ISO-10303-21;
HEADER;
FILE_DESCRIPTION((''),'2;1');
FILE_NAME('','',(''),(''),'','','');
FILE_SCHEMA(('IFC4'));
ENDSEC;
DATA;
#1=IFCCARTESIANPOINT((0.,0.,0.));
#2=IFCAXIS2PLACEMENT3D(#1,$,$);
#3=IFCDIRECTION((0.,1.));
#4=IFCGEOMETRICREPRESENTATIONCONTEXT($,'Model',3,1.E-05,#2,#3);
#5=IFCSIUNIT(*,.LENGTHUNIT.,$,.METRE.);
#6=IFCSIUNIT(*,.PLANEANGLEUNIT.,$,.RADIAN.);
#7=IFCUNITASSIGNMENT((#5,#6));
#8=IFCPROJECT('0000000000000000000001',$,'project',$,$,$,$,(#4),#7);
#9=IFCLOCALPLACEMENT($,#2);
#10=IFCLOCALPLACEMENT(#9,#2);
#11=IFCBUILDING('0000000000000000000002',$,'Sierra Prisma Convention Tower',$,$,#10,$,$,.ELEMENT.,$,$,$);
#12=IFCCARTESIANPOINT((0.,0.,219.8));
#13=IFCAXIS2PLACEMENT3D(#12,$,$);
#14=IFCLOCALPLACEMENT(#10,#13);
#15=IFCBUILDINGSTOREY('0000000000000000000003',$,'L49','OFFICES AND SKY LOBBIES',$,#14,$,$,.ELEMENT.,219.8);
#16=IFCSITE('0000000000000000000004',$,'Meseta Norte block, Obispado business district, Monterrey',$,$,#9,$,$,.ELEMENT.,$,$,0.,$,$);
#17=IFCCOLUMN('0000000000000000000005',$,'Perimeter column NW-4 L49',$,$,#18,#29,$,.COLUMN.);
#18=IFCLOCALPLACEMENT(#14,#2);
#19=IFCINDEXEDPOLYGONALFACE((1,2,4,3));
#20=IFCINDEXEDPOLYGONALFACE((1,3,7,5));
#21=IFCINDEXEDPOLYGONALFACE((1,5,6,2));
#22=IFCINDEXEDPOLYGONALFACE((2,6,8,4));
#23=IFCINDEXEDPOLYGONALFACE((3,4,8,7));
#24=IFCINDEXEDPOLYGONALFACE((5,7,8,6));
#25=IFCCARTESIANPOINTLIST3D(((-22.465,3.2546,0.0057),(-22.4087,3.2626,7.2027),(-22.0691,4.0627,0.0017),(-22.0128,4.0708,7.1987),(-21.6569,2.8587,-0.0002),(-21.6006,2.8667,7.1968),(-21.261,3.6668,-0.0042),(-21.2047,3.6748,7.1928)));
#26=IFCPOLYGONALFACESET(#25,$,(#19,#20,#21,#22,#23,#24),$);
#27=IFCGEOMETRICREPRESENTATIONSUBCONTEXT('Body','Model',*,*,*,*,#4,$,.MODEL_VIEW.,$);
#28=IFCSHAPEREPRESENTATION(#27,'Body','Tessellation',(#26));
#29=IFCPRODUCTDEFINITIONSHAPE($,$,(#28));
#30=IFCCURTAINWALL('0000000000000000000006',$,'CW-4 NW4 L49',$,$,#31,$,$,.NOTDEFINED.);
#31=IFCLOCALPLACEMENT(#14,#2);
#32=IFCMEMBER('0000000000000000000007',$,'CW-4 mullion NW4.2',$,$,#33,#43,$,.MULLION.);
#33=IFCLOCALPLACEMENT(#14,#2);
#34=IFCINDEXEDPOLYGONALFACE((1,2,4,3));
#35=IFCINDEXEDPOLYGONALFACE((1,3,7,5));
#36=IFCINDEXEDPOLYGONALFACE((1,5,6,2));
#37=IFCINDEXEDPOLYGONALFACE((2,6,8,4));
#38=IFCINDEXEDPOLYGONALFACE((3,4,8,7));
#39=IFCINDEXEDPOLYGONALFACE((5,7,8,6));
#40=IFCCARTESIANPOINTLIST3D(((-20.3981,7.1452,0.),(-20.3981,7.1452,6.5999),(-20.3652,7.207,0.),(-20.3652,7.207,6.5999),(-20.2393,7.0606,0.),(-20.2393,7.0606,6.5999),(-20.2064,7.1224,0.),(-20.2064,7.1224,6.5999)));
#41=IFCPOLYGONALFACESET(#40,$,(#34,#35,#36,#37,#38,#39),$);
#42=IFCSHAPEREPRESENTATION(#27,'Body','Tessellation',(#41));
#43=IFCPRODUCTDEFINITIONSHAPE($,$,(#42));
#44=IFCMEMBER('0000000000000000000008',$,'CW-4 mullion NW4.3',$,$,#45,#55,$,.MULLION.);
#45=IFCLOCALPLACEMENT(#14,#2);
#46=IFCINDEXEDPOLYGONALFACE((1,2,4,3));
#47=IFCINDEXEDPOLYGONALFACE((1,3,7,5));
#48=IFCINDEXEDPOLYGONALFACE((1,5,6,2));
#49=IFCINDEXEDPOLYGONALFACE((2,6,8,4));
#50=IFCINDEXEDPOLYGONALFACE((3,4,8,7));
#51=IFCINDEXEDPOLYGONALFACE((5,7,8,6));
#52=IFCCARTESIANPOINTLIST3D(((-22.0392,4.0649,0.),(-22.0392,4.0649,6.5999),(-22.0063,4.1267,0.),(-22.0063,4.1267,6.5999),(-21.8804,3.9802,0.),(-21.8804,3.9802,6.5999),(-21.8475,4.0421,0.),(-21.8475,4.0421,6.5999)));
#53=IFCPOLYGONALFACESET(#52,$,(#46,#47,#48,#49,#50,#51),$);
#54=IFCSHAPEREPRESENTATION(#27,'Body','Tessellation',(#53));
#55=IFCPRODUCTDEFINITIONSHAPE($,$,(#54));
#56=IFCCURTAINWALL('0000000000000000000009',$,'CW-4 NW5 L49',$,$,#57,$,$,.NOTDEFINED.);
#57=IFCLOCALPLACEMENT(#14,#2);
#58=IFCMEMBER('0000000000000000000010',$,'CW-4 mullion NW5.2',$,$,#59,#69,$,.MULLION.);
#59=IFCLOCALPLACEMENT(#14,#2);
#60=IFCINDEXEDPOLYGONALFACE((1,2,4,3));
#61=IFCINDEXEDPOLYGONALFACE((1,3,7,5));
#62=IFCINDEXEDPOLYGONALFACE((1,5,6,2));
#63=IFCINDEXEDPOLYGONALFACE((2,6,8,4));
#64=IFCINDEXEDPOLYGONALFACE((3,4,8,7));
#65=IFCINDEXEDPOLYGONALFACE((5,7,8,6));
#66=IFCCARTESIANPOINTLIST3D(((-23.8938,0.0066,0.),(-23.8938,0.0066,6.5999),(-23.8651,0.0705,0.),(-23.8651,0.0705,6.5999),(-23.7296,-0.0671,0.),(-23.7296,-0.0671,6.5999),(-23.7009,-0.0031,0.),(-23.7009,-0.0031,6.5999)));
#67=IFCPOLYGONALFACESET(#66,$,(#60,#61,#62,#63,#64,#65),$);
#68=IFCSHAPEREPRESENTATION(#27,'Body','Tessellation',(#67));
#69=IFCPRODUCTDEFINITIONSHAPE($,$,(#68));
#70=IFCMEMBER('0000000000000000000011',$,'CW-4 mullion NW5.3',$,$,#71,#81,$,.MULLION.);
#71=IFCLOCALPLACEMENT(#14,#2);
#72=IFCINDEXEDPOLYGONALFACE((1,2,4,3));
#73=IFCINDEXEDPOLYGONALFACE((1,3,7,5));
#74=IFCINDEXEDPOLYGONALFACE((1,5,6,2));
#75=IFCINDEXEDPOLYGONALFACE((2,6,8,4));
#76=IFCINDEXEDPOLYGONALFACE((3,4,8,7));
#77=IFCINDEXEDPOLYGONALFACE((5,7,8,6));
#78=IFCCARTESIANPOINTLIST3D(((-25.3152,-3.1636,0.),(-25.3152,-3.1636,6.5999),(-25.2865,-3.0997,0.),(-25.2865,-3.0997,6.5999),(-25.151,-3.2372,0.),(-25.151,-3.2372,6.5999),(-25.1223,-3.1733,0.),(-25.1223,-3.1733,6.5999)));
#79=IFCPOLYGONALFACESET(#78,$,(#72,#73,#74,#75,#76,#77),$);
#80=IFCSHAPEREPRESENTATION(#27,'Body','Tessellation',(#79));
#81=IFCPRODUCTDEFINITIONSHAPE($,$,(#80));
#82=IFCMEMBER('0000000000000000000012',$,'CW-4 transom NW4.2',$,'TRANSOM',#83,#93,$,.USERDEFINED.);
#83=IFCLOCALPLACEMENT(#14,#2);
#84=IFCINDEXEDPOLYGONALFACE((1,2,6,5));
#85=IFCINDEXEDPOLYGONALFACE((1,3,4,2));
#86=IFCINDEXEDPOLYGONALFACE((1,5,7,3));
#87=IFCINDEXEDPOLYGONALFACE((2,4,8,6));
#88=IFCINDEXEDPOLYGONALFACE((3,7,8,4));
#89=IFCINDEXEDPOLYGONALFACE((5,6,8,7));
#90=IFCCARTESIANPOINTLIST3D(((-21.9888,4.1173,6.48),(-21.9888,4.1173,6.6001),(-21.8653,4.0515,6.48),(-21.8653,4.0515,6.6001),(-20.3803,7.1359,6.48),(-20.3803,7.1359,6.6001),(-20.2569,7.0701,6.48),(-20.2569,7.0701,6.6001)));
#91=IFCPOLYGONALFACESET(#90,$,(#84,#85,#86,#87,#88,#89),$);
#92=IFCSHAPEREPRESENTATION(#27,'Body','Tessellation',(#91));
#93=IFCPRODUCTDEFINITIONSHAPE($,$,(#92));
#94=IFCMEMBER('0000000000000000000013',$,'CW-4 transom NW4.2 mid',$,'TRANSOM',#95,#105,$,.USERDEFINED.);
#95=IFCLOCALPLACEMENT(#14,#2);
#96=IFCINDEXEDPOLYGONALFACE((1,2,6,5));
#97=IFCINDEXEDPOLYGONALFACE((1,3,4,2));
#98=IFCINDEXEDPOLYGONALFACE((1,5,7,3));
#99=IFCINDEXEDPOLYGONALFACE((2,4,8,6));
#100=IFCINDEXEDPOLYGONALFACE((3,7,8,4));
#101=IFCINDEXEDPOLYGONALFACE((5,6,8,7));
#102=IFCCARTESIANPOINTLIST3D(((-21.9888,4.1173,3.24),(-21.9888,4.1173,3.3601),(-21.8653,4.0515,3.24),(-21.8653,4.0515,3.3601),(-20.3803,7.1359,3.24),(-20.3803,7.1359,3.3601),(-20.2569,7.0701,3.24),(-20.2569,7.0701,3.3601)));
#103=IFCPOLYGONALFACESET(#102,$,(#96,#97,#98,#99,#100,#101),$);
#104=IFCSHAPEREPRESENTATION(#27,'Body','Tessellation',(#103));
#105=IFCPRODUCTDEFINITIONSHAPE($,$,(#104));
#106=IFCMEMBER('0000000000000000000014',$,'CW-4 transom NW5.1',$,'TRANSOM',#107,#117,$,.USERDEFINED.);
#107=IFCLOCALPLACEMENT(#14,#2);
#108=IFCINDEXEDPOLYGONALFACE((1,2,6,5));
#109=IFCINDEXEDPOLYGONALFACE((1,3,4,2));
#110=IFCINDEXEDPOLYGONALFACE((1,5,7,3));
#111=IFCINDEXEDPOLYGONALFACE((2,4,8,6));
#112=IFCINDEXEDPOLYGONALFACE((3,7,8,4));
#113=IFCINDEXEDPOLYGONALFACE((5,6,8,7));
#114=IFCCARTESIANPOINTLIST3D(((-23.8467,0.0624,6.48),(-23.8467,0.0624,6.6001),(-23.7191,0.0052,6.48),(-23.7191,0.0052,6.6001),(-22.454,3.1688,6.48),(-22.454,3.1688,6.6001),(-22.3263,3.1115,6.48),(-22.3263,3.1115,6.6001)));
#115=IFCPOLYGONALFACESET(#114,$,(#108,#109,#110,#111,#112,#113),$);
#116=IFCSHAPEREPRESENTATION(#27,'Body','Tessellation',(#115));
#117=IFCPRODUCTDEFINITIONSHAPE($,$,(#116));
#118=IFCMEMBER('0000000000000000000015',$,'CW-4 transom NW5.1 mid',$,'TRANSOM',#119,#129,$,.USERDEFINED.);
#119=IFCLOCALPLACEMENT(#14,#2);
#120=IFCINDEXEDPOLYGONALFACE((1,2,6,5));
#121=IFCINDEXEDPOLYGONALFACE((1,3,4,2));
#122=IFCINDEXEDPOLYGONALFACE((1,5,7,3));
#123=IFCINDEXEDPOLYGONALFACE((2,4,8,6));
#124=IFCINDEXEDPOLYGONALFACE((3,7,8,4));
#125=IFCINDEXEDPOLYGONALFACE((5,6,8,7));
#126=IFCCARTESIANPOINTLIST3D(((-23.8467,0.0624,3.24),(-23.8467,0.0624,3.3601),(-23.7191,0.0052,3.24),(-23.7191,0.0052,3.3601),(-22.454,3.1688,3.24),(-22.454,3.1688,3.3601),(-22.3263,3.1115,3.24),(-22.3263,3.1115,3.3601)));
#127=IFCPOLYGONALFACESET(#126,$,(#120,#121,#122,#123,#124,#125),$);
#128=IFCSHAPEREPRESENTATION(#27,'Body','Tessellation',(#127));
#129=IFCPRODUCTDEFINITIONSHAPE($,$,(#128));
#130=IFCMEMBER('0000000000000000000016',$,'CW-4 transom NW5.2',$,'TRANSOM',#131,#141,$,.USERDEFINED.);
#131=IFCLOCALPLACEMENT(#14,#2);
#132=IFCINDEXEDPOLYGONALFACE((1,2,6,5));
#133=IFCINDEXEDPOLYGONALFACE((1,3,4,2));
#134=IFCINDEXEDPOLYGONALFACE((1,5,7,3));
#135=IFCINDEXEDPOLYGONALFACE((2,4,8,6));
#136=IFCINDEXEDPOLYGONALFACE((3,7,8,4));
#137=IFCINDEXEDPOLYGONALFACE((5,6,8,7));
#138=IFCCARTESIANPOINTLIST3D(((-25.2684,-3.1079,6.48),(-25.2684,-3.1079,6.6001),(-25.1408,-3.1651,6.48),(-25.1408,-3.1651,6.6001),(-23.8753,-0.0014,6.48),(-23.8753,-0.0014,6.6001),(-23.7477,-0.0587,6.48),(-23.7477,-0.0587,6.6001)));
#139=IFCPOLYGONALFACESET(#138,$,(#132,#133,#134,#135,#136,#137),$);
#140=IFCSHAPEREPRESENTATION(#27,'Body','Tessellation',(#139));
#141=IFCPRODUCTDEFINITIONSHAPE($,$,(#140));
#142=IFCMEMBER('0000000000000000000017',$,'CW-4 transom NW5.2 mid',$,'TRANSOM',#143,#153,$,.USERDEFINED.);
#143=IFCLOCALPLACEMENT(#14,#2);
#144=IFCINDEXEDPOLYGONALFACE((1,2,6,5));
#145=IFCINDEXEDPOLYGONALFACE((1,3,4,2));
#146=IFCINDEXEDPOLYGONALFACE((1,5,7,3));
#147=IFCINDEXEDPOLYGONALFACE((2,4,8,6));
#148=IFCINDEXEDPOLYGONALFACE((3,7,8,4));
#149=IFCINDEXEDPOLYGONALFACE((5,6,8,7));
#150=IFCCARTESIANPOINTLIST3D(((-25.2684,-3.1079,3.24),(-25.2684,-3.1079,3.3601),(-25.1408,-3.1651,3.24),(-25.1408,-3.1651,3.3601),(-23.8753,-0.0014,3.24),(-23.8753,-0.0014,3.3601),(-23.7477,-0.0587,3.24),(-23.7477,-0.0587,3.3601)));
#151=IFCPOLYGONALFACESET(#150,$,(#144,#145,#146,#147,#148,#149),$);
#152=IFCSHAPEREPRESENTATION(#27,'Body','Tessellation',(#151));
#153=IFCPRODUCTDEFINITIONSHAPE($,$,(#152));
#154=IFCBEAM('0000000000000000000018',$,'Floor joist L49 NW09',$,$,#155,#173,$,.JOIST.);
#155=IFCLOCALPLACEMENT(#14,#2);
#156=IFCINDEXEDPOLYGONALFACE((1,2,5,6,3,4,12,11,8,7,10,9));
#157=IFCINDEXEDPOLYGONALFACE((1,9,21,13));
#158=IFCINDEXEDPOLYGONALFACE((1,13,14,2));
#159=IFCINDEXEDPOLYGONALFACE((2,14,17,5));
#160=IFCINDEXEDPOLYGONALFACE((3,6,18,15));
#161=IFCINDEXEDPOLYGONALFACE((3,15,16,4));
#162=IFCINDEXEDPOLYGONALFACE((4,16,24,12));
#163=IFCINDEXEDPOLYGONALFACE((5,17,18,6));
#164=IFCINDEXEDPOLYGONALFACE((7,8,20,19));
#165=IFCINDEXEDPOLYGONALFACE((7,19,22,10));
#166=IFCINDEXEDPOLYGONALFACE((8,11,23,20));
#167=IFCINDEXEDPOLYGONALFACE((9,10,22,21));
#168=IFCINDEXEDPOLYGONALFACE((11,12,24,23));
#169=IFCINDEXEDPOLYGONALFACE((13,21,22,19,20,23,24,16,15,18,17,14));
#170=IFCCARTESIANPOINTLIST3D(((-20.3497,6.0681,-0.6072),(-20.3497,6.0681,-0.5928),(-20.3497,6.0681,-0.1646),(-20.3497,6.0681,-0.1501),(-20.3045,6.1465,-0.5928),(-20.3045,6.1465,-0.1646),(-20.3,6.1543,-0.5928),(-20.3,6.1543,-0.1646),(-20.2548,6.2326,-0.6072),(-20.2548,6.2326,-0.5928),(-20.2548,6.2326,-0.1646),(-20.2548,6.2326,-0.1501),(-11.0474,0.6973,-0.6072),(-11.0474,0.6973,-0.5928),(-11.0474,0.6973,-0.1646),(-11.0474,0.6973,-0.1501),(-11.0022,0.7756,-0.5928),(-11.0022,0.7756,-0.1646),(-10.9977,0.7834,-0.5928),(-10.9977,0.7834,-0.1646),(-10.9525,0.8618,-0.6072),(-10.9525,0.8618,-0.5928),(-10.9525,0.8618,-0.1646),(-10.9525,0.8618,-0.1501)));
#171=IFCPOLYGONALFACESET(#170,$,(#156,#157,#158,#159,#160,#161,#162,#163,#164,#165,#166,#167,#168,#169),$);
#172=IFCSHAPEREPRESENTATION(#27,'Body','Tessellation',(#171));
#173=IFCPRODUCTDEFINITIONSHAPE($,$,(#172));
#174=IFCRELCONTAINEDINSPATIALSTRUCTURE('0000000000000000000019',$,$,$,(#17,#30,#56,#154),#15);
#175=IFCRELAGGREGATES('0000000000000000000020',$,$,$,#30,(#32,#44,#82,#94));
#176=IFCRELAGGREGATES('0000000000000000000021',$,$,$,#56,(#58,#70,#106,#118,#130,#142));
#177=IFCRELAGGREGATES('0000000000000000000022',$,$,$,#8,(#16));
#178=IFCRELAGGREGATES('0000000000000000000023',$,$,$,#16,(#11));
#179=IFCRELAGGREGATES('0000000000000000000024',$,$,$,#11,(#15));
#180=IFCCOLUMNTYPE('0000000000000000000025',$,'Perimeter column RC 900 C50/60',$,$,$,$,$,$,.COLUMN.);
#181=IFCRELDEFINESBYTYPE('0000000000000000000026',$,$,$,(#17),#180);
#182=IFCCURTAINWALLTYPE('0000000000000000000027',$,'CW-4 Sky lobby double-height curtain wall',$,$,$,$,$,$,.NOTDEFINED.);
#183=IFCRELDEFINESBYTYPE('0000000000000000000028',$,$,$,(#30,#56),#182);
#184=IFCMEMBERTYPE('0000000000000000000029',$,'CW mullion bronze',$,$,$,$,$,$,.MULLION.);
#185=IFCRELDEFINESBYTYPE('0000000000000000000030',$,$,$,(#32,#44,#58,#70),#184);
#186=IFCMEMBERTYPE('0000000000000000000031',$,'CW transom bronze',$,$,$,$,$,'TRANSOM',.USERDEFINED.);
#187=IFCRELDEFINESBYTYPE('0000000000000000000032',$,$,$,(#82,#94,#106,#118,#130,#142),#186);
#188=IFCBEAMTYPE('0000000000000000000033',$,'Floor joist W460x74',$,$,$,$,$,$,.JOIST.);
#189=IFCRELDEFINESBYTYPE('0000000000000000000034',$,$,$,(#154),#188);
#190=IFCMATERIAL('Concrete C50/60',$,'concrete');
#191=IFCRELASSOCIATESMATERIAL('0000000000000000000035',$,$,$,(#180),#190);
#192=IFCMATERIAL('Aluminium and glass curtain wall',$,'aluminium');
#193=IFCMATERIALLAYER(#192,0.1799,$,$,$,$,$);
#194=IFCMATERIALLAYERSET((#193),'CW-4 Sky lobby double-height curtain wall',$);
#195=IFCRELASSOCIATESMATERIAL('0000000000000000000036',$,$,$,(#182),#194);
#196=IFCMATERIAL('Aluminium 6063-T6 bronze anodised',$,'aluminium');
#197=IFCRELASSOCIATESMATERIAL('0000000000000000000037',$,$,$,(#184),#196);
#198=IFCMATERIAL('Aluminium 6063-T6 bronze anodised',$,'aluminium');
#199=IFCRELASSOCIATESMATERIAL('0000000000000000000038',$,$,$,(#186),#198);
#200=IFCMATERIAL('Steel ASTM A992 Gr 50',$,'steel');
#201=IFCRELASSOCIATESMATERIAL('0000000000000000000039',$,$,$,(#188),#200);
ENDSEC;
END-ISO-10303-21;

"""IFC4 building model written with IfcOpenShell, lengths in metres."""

from ifc_helpers import new_model, si_unit, direction, frame, origin, origin_2d, place, context, subcontext, project, spatial, rectangle, i_section, extrude, clip, halfspace, material, layer, layer_set, material_profile, profile_set, type_object, element, aggregate, save


model = new_model("IFC4")

# Units and contexts
model_context = context("Model", 3, precision=1e-05, world=origin(), true_north=direction((0.0, 1.0)))
body_context = subcontext(model_context, "Body", "Model", "MODEL_VIEW")
ifc_project = project(units=[si_unit("LENGTHUNIT", "METRE"), si_unit("PLANEANGLEUNIT", "RADIAN")], contexts=[model_context])

# Site, building, storey
site_placement = place(None, origin())
site = spatial("IfcSite", under=ifc_project, at=site_placement, Name="Meseta Norte block, Obispado business district, Monterrey", CompositionType="ELEMENT", RefElevation=0.0)
building_placement = place(site_placement, origin())
building = spatial("IfcBuilding", under=site, at=building_placement, Name="Sierra Prisma Convention Tower", CompositionType="ELEMENT")
storey_placement = place(building_placement, frame((0.0, 0.0, 219.8)))
storey = spatial("IfcBuildingStorey", under=building, at=storey_placement, Name="L49", Description="OFFICES AND SKY LOBBIES", CompositionType="ELEMENT", Elevation=219.8)

# Column
ifc_material_1 = material(Name="Concrete C50/60", Category="concrete")
ifc_material_profile_1 = material_profile(ifc_material_1, rectangle(XDim=0.8999, YDim=0.8999, at=origin_2d()), Name="Perimeter column RC 900 C50/60")
ifc_profile_set_1 = profile_set([ifc_material_profile_1], Name="Concrete C50/60")
column_type = type_object("IfcColumnType", Name="Perimeter column RC 900 C50/60", PredefinedType="COLUMN", material=ifc_profile_set_1)
column_placement = place(storey_placement, frame((-21.863, 3.4607, 0.0), z_axis=(0.007833, 0.001119, 0.999969), x_axis=(0.439944, 0.898014, -0.004451)))
element("IfcColumn", 1, at=column_placement, inside=storey, type_object=column_type, Name="Perimeter column NW-4 L49", PredefinedType="COLUMN", context=body_context, shape_type="SweptSolid", body=[
    clip(clip(extrude(rectangle(XDim=0.8999, YDim=0.8999, at=origin_2d()), origin(), (0.0, 0.0, 1.0), 7.2002), halfspace(frame((0.0, 0.0, 0.0007)), True)), halfspace(frame((0.0, 0.0, 7.198)), False)),
])

# Curtain walls, members
ifc_material_2 = material(Name="Aluminium and glass curtain wall", Category="aluminium")
ifc_layer_1 = layer(ifc_material_2, 0.1799)
ifc_layer_set_1 = layer_set([ifc_layer_1], Name="CW-4 Sky lobby double-height curtain wall")
curtain_wall_type = type_object("IfcCurtainWallType", Name="CW-4 Sky lobby double-height curtain wall", PredefinedType="NOTDEFINED", material=ifc_layer_set_1)
curtain_wall_1_placement = place(storey_placement, origin())
curtain_wall_1 = element("IfcCurtainWall", 2, at=curtain_wall_1_placement, inside=storey, type_object=curtain_wall_type, Name="CW-4 NW4 L49", PredefinedType="NOTDEFINED")
ifc_material_3 = material(Name="Aluminium 6063-T6 bronze anodised", Category="aluminium")
ifc_material_profile_2 = material_profile(ifc_material_3, rectangle(XDim=0.1799, YDim=0.0701, at=origin_2d()), Name="ALU MULLION 70x180")
ifc_profile_set_2 = profile_set([ifc_material_profile_2], Name="Aluminium 6063-T6 bronze anodised")
member_type_1 = type_object("IfcMemberType", Name="CW mullion bronze", PredefinedType="MULLION", material=ifc_profile_set_2)
member_1_placement = place(storey_placement, frame((-20.3022, 7.1338, 0.0), z_axis=(0.0, 0.0, 1.0), x_axis=(0.882533, -0.470251, 0.0)))
member_1 = element("IfcMember", 3, at=member_1_placement, type_object=member_type_1, Name="CW-4 mullion NW4.2", PredefinedType="MULLION", context=body_context, shape_type="SweptSolid", body=[
    extrude(rectangle(XDim=0.1799, YDim=0.0701, at=origin_2d()), origin(), (0.0, 0.0, 1.0), 6.5999),
])
member_2_placement = place(storey_placement, frame((-21.9434, 4.0535, 0.0), z_axis=(0.0, 0.0, 1.0), x_axis=(0.882533, -0.470251, 0.0)))
member_2 = element("IfcMember", 4, at=member_2_placement, type_object=member_type_1, Name="CW-4 mullion NW4.3", PredefinedType="MULLION", context=body_context, shape_type="SweptSolid", body=[
    extrude(rectangle(XDim=0.1799, YDim=0.0701, at=origin_2d()), origin(), (0.0, 0.0, 1.0), 6.5999),
])
curtain_wall_2_placement = place(storey_placement, origin())
curtain_wall_2 = element("IfcCurtainWall", 5, at=curtain_wall_2_placement, inside=storey, type_object=curtain_wall_type, Name="CW-4 NW5 L49", PredefinedType="NOTDEFINED")
member_3_placement = place(storey_placement, frame((-23.7974, 0.0017, 0.0), z_axis=(0.0, 0.0, 1.0), x_axis=(0.912465, -0.409156, 0.0)))
member_3 = element("IfcMember", 6, at=member_3_placement, type_object=member_type_1, Name="CW-4 mullion NW5.2", PredefinedType="MULLION", context=body_context, shape_type="SweptSolid", body=[
    extrude(rectangle(XDim=0.1799, YDim=0.0701, at=origin_2d()), origin(), (0.0, 0.0, 1.0), 6.5999),
])
member_4_placement = place(storey_placement, frame((-25.2188, -3.1685, 0.0), z_axis=(0.0, 0.0, 1.0), x_axis=(0.912465, -0.409156, 0.0)))
member_4 = element("IfcMember", 7, at=member_4_placement, type_object=member_type_1, Name="CW-4 mullion NW5.3", PredefinedType="MULLION", context=body_context, shape_type="SweptSolid", body=[
    extrude(rectangle(XDim=0.1799, YDim=0.0701, at=origin_2d()), origin(), (0.0, 0.0, 1.0), 6.5999),
])

# Members
ifc_material_4 = material(Name="Aluminium 6063-T6 bronze anodised", Category="aluminium")
ifc_material_profile_3 = material_profile(ifc_material_4, rectangle(XDim=0.1399, YDim=0.1201, at=origin_2d()), Name="ALU TRANSOM 120x140")
ifc_profile_set_3 = profile_set([ifc_material_profile_3], Name="Aluminium 6063-T6 bronze anodised")
member_type_2 = type_object("IfcMemberType", Name="CW transom bronze", ElementType="TRANSOM", PredefinedType="USERDEFINED", material=ifc_profile_set_3)
member_5_placement = place(storey_placement, frame((-20.3186, 7.103, 6.54), z_axis=(-0.470247, -0.882535, 0.0), x_axis=(0.882535, -0.470247, 0.0)))
member_5 = element("IfcMember", 8, at=member_5_placement, type_object=member_type_2, Name="CW-4 transom NW4.2", ObjectType="TRANSOM", PredefinedType="USERDEFINED", context=body_context, shape_type="SweptSolid", body=[
    extrude(rectangle(XDim=0.1399, YDim=0.1201, at=origin_2d()), origin(), (0.0, 0.0, 1.0), 3.4204),
])
member_6_placement = place(storey_placement, frame((-20.3186, 7.103, 3.3), z_axis=(-0.470247, -0.882535, 0.0), x_axis=(0.882535, -0.470247, 0.0)))
member_6 = element("IfcMember", 9, at=member_6_placement, type_object=member_type_2, Name="CW-4 transom NW4.2 mid", ObjectType="TRANSOM", PredefinedType="USERDEFINED", context=body_context, shape_type="SweptSolid", body=[
    extrude(rectangle(XDim=0.1399, YDim=0.1201, at=origin_2d()), origin(), (0.0, 0.0, 1.0), 3.4204),
])
member_7_placement = place(storey_placement, frame((-22.3901, 3.1401, 6.54), z_axis=(-0.409124, -0.912479, 0.0), x_axis=(0.912479, -0.409124, 0.0)))
member_7 = element("IfcMember", 10, at=member_7_placement, type_object=member_type_2, Name="CW-4 transom NW5.1", ObjectType="TRANSOM", PredefinedType="USERDEFINED", context=body_context, shape_type="SweptSolid", body=[
    extrude(rectangle(XDim=0.1399, YDim=0.1201, at=origin_2d()), origin(), (0.0, 0.0, 1.0), 3.4043),
])
member_8_placement = place(storey_placement, frame((-22.3901, 3.1401, 3.3), z_axis=(-0.409124, -0.912479, 0.0), x_axis=(0.912479, -0.409124, 0.0)))
member_8 = element("IfcMember", 11, at=member_8_placement, type_object=member_type_2, Name="CW-4 transom NW5.1 mid", ObjectType="TRANSOM", PredefinedType="USERDEFINED", context=body_context, shape_type="SweptSolid", body=[
    extrude(rectangle(XDim=0.1399, YDim=0.1201, at=origin_2d()), origin(), (0.0, 0.0, 1.0), 3.4043),
])
member_9_placement = place(storey_placement, frame((-23.8115, -0.03, 6.54), z_axis=(-0.409184, -0.912452, 0.0), x_axis=(0.912452, -0.409184, 0.0)))
member_9 = element("IfcMember", 12, at=member_9_placement, type_object=member_type_2, Name="CW-4 transom NW5.2", ObjectType="TRANSOM", PredefinedType="USERDEFINED", context=body_context, shape_type="SweptSolid", body=[
    extrude(rectangle(XDim=0.1399, YDim=0.1201, at=origin_2d()), origin(), (0.0, 0.0, 1.0), 3.4045),
])
member_10_placement = place(storey_placement, frame((-23.8115, -0.03, 3.3), z_axis=(-0.409184, -0.912452, 0.0), x_axis=(0.912452, -0.409184, 0.0)))
member_10 = element("IfcMember", 13, at=member_10_placement, type_object=member_type_2, Name="CW-4 transom NW5.2 mid", ObjectType="TRANSOM", PredefinedType="USERDEFINED", context=body_context, shape_type="SweptSolid", body=[
    extrude(rectangle(XDim=0.1399, YDim=0.1201, at=origin_2d()), origin(), (0.0, 0.0, 1.0), 3.4045),
])

# Beam
ifc_material_5 = material(Name="Steel ASTM A992 Gr 50", Category="steel")
ifc_material_profile_4 = material_profile(ifc_material_5, i_section(OverallWidth=0.1899, OverallDepth=0.457, WebThickness=0.009, FlangeThickness=0.0144, at=origin_2d()), Name="W460x74")
ifc_profile_set_4 = profile_set([ifc_material_profile_4], Name="Steel ASTM A992 Gr 50")
beam_type_1 = type_object("IfcBeamType", Name="Floor joist W460x74", PredefinedType="JOIST", material=ifc_profile_set_4)
beam_1_placement = place(storey_placement, frame((-20.3022, 6.1504, -0.3787), z_axis=(0.866018, -0.500014, 0.0), x_axis=(0.500014, 0.866018, 0.0)))
element("IfcBeam", 14, at=beam_1_placement, inside=storey, type_object=beam_type_1, Name="Floor joist L49 NW09", PredefinedType="JOIST", context=body_context, shape_type="SweptSolid", body=[
    extrude(i_section(OverallWidth=0.1899, OverallDepth=0.457, WebThickness=0.009, FlangeThickness=0.0144, at=origin_2d()), origin(), (0.0, 0.0, 1.0), 10.7415),
])

aggregate(curtain_wall_1, [member_1, member_2, member_5, member_6])
aggregate(curtain_wall_2, [member_3, member_4, member_7, member_8, member_9, member_10])

save(model, "model.ifc")
